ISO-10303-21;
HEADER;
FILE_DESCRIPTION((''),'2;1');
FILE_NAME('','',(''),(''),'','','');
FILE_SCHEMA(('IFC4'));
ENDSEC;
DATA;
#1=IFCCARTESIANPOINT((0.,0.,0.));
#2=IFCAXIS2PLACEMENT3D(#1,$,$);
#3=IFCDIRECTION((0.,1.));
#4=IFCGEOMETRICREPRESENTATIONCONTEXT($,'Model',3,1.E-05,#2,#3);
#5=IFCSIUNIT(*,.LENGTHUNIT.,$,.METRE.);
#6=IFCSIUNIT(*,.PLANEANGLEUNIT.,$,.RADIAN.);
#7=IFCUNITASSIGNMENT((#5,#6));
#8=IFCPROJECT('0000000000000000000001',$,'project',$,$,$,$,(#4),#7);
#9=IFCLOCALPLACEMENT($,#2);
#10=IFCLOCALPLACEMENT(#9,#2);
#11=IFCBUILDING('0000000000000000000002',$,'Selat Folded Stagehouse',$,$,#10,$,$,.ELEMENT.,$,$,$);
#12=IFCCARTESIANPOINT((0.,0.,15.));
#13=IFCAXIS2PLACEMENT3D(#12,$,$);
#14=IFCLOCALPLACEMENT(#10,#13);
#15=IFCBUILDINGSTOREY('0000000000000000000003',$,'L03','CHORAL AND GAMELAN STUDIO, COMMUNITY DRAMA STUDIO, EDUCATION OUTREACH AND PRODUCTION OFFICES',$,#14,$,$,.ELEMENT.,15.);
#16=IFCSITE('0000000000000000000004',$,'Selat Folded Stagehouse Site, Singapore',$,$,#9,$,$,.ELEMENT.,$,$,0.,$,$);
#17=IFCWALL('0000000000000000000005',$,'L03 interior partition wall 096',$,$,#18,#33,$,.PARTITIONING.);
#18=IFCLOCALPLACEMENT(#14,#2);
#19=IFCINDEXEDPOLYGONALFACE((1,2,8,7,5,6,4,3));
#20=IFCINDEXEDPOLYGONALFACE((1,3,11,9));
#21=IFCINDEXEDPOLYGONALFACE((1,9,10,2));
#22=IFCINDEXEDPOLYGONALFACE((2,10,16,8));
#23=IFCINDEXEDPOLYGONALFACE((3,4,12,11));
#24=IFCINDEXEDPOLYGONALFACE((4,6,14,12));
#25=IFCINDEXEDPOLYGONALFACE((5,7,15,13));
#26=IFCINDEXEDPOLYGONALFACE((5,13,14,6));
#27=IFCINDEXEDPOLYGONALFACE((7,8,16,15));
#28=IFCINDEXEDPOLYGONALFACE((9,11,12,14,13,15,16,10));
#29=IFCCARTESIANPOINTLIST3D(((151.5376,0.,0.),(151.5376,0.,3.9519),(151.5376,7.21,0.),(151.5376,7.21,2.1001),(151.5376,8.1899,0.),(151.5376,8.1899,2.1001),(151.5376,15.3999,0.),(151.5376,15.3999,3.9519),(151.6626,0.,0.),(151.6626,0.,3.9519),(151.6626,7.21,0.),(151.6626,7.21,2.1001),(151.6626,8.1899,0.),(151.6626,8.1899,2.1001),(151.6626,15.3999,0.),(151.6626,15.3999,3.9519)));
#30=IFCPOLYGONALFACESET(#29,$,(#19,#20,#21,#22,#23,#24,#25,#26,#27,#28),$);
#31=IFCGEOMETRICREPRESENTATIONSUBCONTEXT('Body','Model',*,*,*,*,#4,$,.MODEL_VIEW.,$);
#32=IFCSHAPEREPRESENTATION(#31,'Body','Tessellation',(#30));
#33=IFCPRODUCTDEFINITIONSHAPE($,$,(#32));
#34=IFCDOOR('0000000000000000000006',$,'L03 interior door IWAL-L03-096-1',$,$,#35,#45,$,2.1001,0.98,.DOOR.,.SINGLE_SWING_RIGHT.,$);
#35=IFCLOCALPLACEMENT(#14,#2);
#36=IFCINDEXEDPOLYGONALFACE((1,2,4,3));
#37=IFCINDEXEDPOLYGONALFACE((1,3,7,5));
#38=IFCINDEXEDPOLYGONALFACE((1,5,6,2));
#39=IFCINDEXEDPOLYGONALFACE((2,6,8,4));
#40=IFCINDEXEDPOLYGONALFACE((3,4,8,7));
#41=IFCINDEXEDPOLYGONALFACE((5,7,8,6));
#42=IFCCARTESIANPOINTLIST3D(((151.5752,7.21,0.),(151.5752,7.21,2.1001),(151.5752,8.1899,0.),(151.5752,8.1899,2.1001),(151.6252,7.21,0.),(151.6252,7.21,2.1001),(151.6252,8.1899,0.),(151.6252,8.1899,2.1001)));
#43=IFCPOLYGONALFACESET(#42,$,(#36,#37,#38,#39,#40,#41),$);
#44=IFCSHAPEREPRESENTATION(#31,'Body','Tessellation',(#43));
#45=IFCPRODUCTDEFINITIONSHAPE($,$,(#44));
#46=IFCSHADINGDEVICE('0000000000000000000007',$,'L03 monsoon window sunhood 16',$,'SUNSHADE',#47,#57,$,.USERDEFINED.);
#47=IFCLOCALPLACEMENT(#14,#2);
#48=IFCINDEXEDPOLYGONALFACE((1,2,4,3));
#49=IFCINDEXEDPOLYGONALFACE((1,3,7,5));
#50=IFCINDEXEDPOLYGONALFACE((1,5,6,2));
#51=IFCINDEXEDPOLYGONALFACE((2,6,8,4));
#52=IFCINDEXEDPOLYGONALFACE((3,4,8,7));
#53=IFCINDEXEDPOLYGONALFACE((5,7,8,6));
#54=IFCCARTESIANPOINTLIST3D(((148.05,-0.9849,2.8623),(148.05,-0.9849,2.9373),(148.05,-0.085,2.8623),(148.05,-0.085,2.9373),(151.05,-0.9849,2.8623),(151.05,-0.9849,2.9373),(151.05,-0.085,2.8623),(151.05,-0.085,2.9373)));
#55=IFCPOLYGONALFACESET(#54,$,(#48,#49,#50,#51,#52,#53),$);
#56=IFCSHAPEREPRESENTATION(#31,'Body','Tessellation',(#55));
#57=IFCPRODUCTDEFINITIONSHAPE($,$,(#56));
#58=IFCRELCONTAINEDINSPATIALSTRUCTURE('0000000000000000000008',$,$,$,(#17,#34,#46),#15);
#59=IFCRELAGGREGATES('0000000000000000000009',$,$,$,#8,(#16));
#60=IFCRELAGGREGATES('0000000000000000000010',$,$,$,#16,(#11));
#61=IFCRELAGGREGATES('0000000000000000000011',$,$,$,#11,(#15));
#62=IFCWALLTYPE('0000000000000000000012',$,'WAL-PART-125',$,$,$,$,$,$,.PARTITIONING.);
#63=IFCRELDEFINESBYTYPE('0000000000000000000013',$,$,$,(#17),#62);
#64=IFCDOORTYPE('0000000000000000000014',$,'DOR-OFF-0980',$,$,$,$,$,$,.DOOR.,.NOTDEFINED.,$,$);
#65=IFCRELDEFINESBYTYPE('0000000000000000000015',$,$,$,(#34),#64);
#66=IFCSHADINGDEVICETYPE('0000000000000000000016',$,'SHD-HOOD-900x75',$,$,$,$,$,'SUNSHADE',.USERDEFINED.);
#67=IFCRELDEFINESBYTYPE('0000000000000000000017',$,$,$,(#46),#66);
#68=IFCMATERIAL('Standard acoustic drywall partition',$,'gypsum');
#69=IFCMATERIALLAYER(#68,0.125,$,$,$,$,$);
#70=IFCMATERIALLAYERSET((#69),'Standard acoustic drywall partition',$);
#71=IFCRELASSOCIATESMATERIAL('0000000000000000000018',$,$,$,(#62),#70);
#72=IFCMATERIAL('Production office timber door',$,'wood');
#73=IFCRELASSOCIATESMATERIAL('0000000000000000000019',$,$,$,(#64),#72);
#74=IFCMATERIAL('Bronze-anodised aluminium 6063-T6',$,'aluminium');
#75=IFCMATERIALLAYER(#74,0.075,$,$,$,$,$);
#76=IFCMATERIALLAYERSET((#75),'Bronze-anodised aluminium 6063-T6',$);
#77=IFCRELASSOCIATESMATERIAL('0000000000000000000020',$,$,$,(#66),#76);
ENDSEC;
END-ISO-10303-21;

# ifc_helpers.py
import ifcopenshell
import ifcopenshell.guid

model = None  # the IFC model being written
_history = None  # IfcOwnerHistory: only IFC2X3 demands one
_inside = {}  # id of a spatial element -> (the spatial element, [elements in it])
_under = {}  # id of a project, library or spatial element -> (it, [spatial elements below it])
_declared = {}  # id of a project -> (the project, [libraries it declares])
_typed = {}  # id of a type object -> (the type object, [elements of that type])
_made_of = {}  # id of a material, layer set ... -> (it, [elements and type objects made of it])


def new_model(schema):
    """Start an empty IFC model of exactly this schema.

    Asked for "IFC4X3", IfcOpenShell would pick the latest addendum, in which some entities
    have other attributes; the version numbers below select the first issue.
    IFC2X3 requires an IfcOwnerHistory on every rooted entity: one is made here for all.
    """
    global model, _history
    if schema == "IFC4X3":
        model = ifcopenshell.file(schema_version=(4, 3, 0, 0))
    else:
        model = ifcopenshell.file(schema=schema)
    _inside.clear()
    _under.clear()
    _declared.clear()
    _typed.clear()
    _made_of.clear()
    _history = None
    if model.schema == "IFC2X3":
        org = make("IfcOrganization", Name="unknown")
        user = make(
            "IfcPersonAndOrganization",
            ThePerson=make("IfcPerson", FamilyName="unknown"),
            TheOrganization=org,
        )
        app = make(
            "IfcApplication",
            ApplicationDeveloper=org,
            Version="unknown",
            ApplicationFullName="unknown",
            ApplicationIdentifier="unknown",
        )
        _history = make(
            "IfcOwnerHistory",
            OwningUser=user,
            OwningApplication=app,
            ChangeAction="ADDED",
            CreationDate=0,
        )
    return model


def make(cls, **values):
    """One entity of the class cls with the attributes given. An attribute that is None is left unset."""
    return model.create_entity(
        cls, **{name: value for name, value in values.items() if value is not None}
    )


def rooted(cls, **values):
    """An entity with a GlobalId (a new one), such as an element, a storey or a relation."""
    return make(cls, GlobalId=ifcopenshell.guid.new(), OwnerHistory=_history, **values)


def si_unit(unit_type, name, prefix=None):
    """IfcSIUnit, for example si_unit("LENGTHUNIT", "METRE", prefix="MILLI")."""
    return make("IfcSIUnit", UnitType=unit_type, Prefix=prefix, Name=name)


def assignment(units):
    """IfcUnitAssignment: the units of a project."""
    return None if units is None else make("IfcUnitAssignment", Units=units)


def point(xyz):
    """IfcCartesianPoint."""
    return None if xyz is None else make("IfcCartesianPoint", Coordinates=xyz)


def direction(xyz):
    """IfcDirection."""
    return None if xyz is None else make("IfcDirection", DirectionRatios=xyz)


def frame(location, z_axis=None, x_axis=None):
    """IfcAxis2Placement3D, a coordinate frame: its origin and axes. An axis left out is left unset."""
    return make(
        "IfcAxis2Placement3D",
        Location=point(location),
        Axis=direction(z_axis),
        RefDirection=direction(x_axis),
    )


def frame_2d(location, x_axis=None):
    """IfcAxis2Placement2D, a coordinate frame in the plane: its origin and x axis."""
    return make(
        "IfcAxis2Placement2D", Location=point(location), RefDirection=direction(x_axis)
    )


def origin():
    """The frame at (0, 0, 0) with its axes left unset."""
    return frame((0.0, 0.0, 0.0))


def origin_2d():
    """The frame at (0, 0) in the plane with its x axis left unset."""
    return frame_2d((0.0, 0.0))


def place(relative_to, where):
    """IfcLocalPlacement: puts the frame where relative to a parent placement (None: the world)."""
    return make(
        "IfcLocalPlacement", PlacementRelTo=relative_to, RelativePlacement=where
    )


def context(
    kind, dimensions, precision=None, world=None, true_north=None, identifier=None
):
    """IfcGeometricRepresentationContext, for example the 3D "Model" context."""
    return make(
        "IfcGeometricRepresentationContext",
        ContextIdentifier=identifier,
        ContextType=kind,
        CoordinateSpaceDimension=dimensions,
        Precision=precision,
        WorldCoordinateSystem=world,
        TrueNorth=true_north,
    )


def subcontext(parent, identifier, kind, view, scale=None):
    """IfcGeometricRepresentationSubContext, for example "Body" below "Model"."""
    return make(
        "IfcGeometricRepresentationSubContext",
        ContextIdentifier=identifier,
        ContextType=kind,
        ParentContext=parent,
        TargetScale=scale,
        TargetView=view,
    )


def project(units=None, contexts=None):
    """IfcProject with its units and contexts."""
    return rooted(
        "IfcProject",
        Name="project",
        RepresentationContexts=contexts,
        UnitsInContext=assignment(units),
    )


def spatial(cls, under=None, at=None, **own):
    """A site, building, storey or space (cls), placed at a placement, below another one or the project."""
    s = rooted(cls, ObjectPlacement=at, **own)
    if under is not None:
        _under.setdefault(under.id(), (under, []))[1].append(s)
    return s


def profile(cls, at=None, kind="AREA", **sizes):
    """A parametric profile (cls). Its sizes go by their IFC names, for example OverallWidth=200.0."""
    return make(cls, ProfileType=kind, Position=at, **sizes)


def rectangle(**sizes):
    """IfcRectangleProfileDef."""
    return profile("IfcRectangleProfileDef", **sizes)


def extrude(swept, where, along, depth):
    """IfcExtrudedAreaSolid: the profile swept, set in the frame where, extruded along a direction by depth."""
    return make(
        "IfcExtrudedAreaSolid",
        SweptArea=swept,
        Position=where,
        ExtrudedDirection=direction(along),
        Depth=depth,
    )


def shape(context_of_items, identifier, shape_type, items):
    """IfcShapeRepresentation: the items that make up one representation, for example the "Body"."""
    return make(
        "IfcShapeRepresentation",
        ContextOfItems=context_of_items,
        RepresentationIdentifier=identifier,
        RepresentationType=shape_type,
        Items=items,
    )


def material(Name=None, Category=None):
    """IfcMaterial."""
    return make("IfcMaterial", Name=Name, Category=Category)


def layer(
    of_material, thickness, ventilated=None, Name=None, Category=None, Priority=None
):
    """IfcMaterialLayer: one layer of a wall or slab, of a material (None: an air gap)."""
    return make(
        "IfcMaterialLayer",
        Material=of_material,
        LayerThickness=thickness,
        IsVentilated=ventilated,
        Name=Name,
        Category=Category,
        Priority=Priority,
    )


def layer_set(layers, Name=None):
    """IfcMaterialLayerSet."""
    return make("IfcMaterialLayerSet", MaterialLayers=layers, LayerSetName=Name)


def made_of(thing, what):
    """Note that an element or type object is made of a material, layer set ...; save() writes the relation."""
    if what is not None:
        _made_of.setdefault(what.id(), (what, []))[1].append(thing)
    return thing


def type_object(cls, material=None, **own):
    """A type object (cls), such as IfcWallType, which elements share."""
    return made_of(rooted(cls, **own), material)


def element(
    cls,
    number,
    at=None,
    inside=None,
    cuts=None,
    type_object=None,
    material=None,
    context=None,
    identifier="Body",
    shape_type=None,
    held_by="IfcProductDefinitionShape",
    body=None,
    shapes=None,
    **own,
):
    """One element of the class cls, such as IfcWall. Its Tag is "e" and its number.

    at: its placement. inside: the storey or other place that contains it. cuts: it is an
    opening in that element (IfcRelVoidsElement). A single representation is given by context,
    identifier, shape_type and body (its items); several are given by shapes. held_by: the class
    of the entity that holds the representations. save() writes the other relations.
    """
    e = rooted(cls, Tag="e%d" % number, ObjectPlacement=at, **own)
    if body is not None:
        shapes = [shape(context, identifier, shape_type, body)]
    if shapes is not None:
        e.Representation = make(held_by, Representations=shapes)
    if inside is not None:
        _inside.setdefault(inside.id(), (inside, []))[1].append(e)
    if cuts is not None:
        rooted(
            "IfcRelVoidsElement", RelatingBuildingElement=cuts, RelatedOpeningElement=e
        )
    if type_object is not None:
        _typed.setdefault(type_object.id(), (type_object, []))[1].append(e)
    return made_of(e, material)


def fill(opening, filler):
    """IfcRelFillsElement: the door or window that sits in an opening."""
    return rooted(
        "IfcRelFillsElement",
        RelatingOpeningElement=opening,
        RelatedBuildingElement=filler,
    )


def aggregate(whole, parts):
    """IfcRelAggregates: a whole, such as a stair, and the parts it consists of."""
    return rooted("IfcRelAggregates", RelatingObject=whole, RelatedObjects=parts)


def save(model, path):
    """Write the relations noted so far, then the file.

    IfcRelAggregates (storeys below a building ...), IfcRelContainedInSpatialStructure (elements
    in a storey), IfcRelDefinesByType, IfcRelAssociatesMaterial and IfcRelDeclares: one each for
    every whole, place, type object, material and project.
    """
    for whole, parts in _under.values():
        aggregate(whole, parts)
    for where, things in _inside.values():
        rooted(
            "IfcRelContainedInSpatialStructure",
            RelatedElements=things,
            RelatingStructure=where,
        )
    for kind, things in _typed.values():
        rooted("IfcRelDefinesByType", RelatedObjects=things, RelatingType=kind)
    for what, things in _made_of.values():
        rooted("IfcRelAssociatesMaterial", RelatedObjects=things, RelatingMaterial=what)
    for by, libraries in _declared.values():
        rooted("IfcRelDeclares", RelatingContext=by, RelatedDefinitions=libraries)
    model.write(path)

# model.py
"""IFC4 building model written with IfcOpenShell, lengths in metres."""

from ifc_helpers import new_model, si_unit, direction, frame, frame_2d, origin, origin_2d, place, context, subcontext, project, spatial, rectangle, extrude, material, layer, layer_set, type_object, element, fill, save


model = new_model("IFC4")

# Units and contexts
model_context = context("Model", 3, precision=1e-05, world=origin(), true_north=direction((0.0, 1.0)))
body_context = subcontext(model_context, "Body", "Model", "MODEL_VIEW")
ifc_project = project(units=[si_unit("LENGTHUNIT", "METRE"), si_unit("PLANEANGLEUNIT", "RADIAN")], contexts=[model_context])

# Site, building, storey
site_placement = place(None, origin())
site = spatial("IfcSite", under=ifc_project, at=site_placement, Name="Selat Folded Stagehouse Site, Singapore", CompositionType="ELEMENT", RefElevation=0.0)
building_placement = place(site_placement, origin())
building = spatial("IfcBuilding", under=site, at=building_placement, Name="Selat Folded Stagehouse", CompositionType="ELEMENT")
storey_placement = place(building_placement, frame((0.0, 0.0, 15.0)))
storey = spatial("IfcBuildingStorey", under=building, at=storey_placement, Name="L03", Description="CHORAL AND GAMELAN STUDIO, COMMUNITY DRAMA STUDIO, EDUCATION OUTREACH AND PRODUCTION OFFICES", CompositionType="ELEMENT", Elevation=15.0)

# Wall, opening, door
ifc_material_1 = material(Name="Standard acoustic drywall partition", Category="gypsum")
ifc_layer_1 = layer(ifc_material_1, 0.125)
ifc_layer_set_1 = layer_set([ifc_layer_1], Name="Standard acoustic drywall partition")
wall_type_1 = type_object("IfcWallType", Name="WAL-PART-125", PredefinedType="PARTITIONING", material=ifc_layer_set_1)
wall_1_placement = place(storey_placement, frame((151.6001, 0.0, 0.0), z_axis=(0.0, 0.0, 1.0), x_axis=(0.0, 1.0, 0.0)))
wall_1 = element("IfcWall", 1, at=wall_1_placement, inside=storey, type_object=wall_type_1, Name="L03 interior partition wall 096", PredefinedType="PARTITIONING", context=body_context, shape_type="SweptSolid", body=[
    extrude(rectangle(XDim=15.3999, YDim=0.125, at=frame_2d((7.7, 0.0))), origin(), (0.0, 0.0, 1.0), 3.9519),
])
opening_1_placement = place(wall_1_placement, frame((7.21, 0.0, 0.0)))
opening_1 = element("IfcOpeningElement", 2, at=opening_1_placement, cuts=wall_1, PredefinedType="OPENING", context=body_context, shape_type="SweptSolid", body=[
    extrude(rectangle(XDim=0.98, YDim=2.1001, at=frame_2d((0.49, 1.05))), frame((0.0, 0.0725, 0.0), z_axis=(0.0, -1.0, 0.0), x_axis=(1.0, 0.0, 0.0)), (0.0, 0.0, 1.0), 0.145),
])
ifc_material_2 = material(Name="Production office timber door", Category="wood")
door_type = type_object("IfcDoorType", Name="DOR-OFF-0980", OperationType="NOTDEFINED", PredefinedType="DOOR", material=ifc_material_2)
door_placement = place(opening_1_placement, origin())
door = element("IfcDoor", 3, at=door_placement, inside=storey, type_object=door_type, Name="L03 interior door IWAL-L03-096-1", OperationType="SINGLE_SWING_RIGHT", OverallHeight=2.1001, OverallWidth=0.98, PredefinedType="DOOR", context=body_context, shape_type="SweptSolid", body=[
    extrude(rectangle(XDim=0.98, YDim=2.1001, at=frame_2d((0.49, 1.05))), frame((0.0, 0.0249, 0.0), z_axis=(0.0, -1.0, 0.0), x_axis=(1.0, 0.0, 0.0)), (0.0, 0.0, 1.0), 0.05),
])
fill(opening_1, door)

# Shading device
ifc_material_3 = material(Name="Bronze-anodised aluminium 6063-T6", Category="aluminium")
ifc_layer_2 = layer(ifc_material_3, 0.075)
ifc_layer_set_2 = layer_set([ifc_layer_2], Name="Bronze-anodised aluminium 6063-T6")
shading_device_type = type_object("IfcShadingDeviceType", Name="SHD-HOOD-900x75", ElementType="SUNSHADE", PredefinedType="USERDEFINED", material=ifc_layer_set_2)
shading_device_placement = place(storey_placement, frame((149.55, -0.5349, 2.8623), z_axis=(0.0, 0.0, 1.0), x_axis=(-1.0, 0.0, 0.0)))
element("IfcShadingDevice", 4, at=shading_device_placement, inside=storey, type_object=shading_device_type, Name="L03 monsoon window sunhood 16", ObjectType="SUNSHADE", PredefinedType="USERDEFINED", context=body_context, shape_type="SweptSolid", body=[
    extrude(rectangle(XDim=3.0, YDim=0.8999, at=origin_2d()), origin(), (0.0, 0.0, 1.0), 0.075),
])

save(model, "model.ifc")
